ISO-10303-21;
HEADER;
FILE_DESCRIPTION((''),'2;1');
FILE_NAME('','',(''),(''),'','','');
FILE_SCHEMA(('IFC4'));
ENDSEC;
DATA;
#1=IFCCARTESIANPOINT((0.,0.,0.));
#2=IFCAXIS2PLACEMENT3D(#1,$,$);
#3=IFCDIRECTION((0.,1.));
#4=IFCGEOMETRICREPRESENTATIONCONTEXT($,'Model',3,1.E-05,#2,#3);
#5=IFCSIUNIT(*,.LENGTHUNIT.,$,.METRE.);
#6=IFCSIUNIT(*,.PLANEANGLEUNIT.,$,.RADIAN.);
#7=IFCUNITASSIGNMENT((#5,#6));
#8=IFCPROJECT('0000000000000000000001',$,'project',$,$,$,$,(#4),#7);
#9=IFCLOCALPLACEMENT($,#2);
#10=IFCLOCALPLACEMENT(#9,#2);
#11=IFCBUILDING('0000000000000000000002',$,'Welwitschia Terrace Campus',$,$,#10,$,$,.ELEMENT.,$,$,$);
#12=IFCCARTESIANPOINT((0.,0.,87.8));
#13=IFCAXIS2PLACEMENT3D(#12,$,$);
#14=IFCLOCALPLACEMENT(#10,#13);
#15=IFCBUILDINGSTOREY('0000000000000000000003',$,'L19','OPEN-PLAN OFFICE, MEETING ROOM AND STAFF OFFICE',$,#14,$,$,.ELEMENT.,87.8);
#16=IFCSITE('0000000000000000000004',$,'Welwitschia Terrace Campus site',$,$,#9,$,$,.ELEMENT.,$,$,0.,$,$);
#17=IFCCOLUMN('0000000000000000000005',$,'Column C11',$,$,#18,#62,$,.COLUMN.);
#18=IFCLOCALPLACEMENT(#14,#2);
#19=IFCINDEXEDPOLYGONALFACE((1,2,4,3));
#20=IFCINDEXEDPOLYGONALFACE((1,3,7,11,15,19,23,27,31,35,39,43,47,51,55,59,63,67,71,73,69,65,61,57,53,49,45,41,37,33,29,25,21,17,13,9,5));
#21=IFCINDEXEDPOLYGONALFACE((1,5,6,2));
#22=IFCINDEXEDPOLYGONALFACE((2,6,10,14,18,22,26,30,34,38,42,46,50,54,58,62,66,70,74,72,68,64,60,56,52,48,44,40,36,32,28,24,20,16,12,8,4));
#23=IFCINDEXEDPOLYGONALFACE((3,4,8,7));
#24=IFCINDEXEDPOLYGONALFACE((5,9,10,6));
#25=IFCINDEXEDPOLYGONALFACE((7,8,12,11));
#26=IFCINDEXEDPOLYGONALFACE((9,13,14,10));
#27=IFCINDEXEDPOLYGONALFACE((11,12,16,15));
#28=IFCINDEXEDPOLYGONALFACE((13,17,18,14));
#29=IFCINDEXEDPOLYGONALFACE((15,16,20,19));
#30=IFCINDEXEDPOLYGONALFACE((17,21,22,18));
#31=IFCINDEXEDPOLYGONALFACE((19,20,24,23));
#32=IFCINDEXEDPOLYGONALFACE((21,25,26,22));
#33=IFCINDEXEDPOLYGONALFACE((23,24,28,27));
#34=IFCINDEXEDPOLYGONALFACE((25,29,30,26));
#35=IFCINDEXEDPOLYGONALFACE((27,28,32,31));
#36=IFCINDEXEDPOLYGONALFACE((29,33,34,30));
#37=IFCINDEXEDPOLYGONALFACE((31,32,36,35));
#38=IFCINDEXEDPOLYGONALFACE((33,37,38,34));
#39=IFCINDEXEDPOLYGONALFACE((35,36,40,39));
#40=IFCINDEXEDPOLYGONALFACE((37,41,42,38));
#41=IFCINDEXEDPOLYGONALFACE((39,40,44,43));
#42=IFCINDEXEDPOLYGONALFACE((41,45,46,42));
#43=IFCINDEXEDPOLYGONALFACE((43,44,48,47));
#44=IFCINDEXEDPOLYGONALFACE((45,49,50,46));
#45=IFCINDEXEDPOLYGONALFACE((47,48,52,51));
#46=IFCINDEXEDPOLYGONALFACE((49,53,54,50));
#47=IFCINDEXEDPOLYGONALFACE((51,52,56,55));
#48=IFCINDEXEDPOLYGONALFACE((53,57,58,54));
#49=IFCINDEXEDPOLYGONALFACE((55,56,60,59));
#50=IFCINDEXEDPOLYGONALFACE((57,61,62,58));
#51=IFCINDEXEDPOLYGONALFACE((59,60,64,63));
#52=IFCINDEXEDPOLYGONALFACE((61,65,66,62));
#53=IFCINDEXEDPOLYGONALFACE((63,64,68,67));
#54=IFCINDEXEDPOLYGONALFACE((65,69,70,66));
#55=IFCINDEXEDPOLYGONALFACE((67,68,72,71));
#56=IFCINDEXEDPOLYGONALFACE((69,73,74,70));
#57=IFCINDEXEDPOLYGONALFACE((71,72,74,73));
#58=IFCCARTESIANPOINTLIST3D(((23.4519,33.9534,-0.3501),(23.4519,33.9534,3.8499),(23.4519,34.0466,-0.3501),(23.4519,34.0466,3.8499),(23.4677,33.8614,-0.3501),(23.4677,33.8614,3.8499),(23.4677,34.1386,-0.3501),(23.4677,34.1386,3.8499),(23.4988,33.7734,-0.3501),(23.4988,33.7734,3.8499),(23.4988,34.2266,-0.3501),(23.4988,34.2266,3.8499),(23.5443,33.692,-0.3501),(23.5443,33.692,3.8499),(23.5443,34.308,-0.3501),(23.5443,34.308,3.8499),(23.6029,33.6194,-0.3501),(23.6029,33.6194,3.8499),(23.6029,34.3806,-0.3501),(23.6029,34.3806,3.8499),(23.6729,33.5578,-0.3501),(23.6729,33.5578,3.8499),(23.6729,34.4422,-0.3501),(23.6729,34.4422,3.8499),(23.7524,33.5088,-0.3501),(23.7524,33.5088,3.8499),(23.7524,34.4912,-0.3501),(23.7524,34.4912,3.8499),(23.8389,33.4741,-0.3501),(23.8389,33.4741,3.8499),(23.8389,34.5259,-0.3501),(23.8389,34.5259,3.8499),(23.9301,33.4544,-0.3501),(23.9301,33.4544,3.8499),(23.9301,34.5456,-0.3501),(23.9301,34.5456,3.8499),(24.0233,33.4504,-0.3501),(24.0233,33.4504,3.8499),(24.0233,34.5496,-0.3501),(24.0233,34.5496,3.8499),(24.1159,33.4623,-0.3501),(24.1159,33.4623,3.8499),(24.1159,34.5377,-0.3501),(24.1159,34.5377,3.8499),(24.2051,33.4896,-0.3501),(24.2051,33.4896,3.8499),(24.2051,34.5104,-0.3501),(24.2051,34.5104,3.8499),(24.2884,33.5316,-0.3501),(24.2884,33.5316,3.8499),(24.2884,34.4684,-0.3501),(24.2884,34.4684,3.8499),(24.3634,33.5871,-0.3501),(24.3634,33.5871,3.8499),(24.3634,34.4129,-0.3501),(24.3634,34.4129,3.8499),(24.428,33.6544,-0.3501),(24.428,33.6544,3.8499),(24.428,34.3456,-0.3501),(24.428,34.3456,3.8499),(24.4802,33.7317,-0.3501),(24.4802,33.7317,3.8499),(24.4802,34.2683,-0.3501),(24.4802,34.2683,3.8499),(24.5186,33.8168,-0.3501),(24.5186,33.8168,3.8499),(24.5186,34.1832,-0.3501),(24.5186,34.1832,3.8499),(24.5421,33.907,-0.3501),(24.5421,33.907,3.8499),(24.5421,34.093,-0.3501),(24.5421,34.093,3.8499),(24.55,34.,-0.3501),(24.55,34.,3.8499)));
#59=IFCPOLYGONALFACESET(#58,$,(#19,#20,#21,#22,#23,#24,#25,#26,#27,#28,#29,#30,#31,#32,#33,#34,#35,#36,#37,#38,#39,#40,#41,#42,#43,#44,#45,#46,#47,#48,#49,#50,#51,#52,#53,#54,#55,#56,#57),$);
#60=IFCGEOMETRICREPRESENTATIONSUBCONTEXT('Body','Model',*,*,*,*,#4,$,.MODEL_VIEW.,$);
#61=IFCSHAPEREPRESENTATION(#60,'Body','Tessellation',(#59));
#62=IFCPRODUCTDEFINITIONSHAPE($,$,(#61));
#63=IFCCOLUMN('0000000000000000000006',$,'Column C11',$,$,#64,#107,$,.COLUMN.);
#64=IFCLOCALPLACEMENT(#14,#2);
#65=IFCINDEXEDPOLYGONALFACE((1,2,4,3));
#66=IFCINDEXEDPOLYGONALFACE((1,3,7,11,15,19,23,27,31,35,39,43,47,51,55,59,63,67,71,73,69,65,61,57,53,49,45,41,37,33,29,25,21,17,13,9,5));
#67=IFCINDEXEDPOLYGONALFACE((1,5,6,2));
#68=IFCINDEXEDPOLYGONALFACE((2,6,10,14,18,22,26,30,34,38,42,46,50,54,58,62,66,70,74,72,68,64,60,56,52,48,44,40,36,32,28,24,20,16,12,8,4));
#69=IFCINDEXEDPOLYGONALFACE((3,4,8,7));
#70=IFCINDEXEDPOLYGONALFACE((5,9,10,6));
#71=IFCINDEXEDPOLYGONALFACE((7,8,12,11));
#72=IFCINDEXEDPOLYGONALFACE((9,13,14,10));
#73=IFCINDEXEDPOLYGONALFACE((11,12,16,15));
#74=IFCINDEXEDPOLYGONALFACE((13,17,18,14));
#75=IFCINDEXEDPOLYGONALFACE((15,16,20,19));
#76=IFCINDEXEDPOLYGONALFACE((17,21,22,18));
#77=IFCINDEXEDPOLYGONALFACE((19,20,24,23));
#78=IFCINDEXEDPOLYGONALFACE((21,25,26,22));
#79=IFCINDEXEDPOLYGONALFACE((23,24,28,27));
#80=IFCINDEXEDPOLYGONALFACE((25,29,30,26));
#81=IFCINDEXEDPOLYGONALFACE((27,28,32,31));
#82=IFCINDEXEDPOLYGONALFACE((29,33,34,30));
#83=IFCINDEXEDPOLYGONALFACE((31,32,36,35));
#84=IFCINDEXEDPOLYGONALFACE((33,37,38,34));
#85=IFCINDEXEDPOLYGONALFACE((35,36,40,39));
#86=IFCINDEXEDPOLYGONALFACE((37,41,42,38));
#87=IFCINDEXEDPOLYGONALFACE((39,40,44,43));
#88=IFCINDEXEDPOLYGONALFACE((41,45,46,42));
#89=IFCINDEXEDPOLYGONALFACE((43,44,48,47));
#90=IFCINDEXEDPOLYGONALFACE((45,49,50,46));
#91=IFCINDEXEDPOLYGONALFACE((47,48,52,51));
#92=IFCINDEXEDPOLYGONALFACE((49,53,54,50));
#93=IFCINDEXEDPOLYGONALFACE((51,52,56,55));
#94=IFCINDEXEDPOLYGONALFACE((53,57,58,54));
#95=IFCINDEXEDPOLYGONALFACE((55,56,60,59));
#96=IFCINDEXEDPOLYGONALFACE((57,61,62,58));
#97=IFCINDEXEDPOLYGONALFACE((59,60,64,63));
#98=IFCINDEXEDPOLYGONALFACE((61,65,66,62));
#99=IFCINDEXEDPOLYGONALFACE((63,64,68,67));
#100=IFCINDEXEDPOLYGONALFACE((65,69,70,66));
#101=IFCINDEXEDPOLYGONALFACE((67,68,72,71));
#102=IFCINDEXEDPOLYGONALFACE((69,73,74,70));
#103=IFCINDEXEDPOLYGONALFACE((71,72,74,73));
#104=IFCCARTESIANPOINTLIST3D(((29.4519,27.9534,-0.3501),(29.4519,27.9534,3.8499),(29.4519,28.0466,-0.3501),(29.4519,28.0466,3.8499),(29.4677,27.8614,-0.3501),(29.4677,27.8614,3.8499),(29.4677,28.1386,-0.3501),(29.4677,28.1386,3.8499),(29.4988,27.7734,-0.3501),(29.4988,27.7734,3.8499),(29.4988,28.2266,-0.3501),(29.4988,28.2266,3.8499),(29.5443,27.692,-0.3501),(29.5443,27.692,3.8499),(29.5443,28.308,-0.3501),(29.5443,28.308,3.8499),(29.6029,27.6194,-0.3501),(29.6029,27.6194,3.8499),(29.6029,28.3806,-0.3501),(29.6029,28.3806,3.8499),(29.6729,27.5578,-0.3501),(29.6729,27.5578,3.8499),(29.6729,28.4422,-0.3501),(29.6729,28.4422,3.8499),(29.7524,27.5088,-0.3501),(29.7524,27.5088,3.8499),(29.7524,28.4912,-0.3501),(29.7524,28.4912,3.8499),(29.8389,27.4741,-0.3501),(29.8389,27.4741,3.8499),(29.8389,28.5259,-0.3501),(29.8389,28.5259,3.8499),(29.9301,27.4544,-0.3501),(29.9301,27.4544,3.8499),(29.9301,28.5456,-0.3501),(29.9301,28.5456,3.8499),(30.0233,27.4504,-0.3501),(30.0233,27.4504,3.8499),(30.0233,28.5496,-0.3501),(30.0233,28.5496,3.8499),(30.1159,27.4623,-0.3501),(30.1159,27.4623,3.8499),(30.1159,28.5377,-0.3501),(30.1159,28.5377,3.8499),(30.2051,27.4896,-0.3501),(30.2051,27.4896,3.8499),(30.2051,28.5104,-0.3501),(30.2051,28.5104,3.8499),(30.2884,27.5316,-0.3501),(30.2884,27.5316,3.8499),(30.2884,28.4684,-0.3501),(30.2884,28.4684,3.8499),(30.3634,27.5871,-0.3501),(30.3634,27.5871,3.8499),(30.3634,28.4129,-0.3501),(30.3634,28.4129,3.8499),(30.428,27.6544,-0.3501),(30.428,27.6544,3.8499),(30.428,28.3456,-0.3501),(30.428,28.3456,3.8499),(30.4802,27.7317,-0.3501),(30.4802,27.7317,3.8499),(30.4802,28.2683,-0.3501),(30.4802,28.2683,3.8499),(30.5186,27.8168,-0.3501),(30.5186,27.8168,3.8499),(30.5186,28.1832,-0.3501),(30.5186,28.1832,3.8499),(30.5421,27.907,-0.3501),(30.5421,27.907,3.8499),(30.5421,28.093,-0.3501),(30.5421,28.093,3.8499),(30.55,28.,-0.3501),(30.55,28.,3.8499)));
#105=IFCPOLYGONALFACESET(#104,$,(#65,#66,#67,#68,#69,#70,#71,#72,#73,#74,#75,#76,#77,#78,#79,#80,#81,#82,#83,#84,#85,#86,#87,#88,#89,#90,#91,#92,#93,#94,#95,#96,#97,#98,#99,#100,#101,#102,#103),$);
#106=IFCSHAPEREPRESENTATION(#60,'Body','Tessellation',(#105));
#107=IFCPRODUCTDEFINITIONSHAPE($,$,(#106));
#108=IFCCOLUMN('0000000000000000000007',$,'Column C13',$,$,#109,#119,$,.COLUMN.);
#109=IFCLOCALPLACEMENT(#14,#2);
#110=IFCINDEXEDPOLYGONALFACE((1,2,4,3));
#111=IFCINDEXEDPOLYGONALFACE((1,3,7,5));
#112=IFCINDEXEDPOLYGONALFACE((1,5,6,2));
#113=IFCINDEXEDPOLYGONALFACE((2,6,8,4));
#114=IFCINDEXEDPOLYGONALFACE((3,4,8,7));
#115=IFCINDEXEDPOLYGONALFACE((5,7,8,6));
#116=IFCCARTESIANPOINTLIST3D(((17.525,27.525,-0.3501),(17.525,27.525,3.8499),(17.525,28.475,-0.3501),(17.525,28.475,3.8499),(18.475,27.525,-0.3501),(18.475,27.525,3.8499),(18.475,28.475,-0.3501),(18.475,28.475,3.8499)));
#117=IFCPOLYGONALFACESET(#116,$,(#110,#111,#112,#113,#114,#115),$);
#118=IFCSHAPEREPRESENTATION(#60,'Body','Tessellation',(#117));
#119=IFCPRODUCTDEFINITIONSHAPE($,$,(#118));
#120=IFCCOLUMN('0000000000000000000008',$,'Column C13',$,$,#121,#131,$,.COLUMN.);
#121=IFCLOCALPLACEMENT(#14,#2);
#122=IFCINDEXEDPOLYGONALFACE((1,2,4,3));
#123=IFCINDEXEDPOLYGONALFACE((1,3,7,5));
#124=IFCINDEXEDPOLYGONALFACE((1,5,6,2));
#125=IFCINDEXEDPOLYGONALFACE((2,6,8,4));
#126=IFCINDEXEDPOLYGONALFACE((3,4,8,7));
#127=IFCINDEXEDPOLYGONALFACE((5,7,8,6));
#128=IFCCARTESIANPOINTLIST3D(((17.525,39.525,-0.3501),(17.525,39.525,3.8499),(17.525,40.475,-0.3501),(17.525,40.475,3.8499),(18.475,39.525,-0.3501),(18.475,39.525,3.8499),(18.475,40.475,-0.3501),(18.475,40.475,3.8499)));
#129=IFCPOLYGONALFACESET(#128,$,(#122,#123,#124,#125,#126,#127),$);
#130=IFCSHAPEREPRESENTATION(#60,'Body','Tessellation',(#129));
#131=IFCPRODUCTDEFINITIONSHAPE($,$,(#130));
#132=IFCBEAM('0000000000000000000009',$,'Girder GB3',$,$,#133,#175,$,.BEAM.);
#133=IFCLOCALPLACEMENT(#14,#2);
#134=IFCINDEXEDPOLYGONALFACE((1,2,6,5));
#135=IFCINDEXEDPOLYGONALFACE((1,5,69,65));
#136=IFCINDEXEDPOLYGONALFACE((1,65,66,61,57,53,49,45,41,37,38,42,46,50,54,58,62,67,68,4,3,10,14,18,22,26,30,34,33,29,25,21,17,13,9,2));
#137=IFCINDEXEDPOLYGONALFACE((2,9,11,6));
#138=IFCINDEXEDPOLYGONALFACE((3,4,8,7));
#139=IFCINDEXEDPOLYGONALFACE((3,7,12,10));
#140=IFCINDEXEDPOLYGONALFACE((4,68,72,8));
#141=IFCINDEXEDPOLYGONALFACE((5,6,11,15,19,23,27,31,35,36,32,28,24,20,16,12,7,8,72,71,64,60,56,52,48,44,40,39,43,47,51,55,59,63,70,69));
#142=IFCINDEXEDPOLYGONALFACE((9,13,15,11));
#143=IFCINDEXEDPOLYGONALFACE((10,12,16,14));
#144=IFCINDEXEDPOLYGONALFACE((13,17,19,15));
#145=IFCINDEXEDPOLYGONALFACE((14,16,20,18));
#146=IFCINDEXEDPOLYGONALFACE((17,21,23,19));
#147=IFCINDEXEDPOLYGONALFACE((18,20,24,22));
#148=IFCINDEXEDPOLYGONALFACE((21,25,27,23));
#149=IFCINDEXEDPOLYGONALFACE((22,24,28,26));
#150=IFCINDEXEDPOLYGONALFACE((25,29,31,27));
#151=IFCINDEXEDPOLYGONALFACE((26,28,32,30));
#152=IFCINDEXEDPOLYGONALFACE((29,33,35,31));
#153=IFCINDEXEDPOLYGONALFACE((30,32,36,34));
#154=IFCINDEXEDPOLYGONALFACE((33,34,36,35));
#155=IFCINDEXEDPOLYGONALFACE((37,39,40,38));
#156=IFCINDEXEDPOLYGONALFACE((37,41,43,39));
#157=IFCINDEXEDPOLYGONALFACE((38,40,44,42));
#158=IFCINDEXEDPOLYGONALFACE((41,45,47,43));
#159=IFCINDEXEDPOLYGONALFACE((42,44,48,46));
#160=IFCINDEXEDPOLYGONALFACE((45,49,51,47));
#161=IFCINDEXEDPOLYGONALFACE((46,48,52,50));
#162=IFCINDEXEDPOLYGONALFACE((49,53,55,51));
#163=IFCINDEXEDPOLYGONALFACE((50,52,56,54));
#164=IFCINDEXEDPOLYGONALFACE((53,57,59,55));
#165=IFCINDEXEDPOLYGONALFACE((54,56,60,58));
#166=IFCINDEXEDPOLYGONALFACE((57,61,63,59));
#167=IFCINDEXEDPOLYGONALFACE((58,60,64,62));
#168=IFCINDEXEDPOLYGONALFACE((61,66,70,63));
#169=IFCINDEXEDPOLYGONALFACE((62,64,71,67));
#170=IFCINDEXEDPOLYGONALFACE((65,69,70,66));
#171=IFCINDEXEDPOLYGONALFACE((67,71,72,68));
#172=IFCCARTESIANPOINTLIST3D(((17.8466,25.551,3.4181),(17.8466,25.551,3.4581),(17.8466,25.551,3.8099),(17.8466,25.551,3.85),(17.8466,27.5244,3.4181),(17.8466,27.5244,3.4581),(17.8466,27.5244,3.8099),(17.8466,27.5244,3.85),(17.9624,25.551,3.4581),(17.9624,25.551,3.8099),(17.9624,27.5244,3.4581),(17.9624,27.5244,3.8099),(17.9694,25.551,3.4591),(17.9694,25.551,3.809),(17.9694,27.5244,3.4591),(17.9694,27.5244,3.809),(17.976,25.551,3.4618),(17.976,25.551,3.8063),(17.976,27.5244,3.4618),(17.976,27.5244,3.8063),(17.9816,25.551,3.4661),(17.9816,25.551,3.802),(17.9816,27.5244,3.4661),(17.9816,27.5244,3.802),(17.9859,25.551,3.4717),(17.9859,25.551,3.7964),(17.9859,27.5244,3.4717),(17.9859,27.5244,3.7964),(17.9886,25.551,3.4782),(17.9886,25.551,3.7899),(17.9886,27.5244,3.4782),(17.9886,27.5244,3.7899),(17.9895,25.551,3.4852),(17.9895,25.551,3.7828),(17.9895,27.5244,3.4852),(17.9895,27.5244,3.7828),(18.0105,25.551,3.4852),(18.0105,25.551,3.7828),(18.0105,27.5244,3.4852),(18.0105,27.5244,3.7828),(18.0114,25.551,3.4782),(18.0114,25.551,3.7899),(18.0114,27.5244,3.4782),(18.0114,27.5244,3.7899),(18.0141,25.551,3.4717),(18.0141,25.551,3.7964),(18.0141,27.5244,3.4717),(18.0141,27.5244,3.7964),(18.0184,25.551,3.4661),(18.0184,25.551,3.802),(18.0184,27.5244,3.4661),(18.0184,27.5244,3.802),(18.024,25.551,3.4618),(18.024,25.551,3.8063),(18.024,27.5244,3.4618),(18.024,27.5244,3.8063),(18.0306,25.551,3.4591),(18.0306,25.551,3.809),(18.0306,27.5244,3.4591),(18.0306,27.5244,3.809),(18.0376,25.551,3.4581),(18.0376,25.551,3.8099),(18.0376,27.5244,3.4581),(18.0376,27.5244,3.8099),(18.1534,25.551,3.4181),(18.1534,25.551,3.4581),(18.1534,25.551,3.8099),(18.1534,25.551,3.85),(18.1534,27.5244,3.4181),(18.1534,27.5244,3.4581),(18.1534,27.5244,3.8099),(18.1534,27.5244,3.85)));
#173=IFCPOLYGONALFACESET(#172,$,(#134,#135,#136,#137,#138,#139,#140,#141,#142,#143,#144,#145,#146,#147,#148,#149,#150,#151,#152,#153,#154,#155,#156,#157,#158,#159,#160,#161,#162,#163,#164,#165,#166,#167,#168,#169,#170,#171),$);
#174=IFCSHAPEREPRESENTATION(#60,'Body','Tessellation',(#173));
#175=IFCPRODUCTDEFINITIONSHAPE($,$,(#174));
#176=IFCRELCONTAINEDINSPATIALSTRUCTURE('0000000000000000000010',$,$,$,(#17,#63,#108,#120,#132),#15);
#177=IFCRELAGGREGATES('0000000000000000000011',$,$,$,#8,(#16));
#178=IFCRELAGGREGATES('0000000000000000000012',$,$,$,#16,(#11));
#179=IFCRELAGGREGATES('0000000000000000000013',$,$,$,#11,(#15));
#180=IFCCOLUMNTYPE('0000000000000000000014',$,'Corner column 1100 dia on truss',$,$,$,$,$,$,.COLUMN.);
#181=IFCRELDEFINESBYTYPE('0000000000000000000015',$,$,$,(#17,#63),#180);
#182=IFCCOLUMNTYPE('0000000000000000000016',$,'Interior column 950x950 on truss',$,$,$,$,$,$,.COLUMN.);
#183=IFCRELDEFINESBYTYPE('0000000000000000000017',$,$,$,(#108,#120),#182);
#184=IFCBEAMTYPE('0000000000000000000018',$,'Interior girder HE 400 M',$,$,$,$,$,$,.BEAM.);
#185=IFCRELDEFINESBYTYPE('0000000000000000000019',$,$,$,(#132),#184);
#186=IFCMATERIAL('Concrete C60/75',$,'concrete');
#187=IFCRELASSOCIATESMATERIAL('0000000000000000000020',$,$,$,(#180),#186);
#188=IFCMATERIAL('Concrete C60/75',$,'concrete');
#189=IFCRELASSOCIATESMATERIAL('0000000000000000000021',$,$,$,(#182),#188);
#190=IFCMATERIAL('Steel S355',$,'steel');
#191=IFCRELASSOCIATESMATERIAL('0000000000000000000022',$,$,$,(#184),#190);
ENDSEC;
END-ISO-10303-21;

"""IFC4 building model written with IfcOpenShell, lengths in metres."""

from ifc_helpers import new_model, si_unit, direction, frame, origin, origin_2d, place, context, subcontext, project, spatial, rectangle, circle, i_section, extrude, material, material_profile, profile_set, type_object, element, save


model = new_model("IFC4")

# Units and contexts
model_context = context("Model", 3, precision=1e-05, world=origin(), true_north=direction((0.0, 1.0)))
body_context = subcontext(model_context, "Body", "Model", "MODEL_VIEW")
ifc_project = project(units=[si_unit("LENGTHUNIT", "METRE"), si_unit("PLANEANGLEUNIT", "RADIAN")], contexts=[model_context])

# Site, building, storey
site_placement = place(None, origin())
site = spatial("IfcSite", under=ifc_project, at=site_placement, Name="Welwitschia Terrace Campus site", CompositionType="ELEMENT", RefElevation=0.0)
building_placement = place(site_placement, origin())
building = spatial("IfcBuilding", under=site, at=building_placement, Name="Welwitschia Terrace Campus", CompositionType="ELEMENT")
storey_placement = place(building_placement, frame((0.0, 0.0, 87.8)))
storey = spatial("IfcBuildingStorey", under=building, at=storey_placement, Name="L19", Description="OPEN-PLAN OFFICE, MEETING ROOM AND STAFF OFFICE", CompositionType="ELEMENT", Elevation=87.8)

# Columns
ifc_material_1 = material(Name="Concrete C60/75", Category="concrete")
ifc_material_profile_1 = material_profile(ifc_material_1, circle(Radius=0.55, at=origin_2d()))
ifc_profile_set_1 = profile_set([ifc_material_profile_1], Name="Concrete C60/75")
column_type_1 = type_object("IfcColumnType", Name="Corner column 1100 dia on truss", PredefinedType="COLUMN", material=ifc_profile_set_1)
for number, where, z_axis, x_axis, name in (
    (1, (24.0, 34.0, -0.3501), (0.0, 0.0, 1.0), (1.0, 0.0, 0.0), "Column C11"),
    (2, (30.0, 28.0, -0.3501), (0.0, 0.0, 1.0), (1.0, 0.0, 0.0), "Column C11"),
):
    element("IfcColumn", number, at=place(storey_placement, frame(where, z_axis=z_axis, x_axis=x_axis)), inside=storey, type_object=column_type_1, Name=name, PredefinedType="COLUMN", context=body_context, shape_type="SweptSolid", body=[
        extrude(circle(Radius=0.55, at=origin_2d()), origin(), (0.0, 0.0, 1.0), 4.2),
    ])
ifc_material_2 = material(Name="Concrete C60/75", Category="concrete")
ifc_material_profile_2 = material_profile(ifc_material_2, rectangle(XDim=0.95, YDim=0.95, at=origin_2d()))
ifc_profile_set_2 = profile_set([ifc_material_profile_2], Name="Concrete C60/75")
column_type_2 = type_object("IfcColumnType", Name="Interior column 950x950 on truss", PredefinedType="COLUMN", material=ifc_profile_set_2)
for number, where, z_axis, x_axis, name in (
    (3, (18.0, 28.0, -0.3501), (0.0, 0.0, 1.0), (1.0, 0.0, 0.0), "Column C13"),
    (4, (18.0, 40.0, -0.3501), (0.0, 0.0, 1.0), (1.0, 0.0, 0.0), "Column C13"),
):
    element("IfcColumn", number, at=place(storey_placement, frame(where, z_axis=z_axis, x_axis=x_axis)), inside=storey, type_object=column_type_2, Name=name, PredefinedType="COLUMN", context=body_context, shape_type="SweptSolid", body=[
        extrude(rectangle(XDim=0.95, YDim=0.95, at=origin_2d()), origin(), (0.0, 0.0, 1.0), 4.2),
    ])

# Beam
ifc_material_3 = material(Name="Steel S355", Category="steel")
ifc_material_profile_3 = material_profile(ifc_material_3, i_section(OverallWidth=0.3069, OverallDepth=0.4319, WebThickness=0.021, FlangeThickness=0.04, FilletRadius=0.0271, at=origin_2d()))
ifc_profile_set_3 = profile_set([ifc_material_profile_3], Name="Steel S355")
beam_type_1 = type_object("IfcBeamType", Name="Interior girder HE 400 M", PredefinedType="BEAM", material=ifc_profile_set_3)
beam_1_placement = place(storey_placement, frame((18.0, 25.551, 3.634), z_axis=(0.0, 1.0, 0.0), x_axis=(-1.0, 0.0, 0.0)))
element("IfcBeam", 5, at=beam_1_placement, inside=storey, type_object=beam_type_1, Name="Girder GB3", PredefinedType="BEAM", context=body_context, shape_type="SweptSolid", body=[
    extrude(i_section(OverallWidth=0.3069, OverallDepth=0.4319, WebThickness=0.021, FlangeThickness=0.04, FilletRadius=0.0271, at=origin_2d()), origin(), (0.0, 0.0, 1.0), 1.9734),
])

save(model, "model.ifc")
